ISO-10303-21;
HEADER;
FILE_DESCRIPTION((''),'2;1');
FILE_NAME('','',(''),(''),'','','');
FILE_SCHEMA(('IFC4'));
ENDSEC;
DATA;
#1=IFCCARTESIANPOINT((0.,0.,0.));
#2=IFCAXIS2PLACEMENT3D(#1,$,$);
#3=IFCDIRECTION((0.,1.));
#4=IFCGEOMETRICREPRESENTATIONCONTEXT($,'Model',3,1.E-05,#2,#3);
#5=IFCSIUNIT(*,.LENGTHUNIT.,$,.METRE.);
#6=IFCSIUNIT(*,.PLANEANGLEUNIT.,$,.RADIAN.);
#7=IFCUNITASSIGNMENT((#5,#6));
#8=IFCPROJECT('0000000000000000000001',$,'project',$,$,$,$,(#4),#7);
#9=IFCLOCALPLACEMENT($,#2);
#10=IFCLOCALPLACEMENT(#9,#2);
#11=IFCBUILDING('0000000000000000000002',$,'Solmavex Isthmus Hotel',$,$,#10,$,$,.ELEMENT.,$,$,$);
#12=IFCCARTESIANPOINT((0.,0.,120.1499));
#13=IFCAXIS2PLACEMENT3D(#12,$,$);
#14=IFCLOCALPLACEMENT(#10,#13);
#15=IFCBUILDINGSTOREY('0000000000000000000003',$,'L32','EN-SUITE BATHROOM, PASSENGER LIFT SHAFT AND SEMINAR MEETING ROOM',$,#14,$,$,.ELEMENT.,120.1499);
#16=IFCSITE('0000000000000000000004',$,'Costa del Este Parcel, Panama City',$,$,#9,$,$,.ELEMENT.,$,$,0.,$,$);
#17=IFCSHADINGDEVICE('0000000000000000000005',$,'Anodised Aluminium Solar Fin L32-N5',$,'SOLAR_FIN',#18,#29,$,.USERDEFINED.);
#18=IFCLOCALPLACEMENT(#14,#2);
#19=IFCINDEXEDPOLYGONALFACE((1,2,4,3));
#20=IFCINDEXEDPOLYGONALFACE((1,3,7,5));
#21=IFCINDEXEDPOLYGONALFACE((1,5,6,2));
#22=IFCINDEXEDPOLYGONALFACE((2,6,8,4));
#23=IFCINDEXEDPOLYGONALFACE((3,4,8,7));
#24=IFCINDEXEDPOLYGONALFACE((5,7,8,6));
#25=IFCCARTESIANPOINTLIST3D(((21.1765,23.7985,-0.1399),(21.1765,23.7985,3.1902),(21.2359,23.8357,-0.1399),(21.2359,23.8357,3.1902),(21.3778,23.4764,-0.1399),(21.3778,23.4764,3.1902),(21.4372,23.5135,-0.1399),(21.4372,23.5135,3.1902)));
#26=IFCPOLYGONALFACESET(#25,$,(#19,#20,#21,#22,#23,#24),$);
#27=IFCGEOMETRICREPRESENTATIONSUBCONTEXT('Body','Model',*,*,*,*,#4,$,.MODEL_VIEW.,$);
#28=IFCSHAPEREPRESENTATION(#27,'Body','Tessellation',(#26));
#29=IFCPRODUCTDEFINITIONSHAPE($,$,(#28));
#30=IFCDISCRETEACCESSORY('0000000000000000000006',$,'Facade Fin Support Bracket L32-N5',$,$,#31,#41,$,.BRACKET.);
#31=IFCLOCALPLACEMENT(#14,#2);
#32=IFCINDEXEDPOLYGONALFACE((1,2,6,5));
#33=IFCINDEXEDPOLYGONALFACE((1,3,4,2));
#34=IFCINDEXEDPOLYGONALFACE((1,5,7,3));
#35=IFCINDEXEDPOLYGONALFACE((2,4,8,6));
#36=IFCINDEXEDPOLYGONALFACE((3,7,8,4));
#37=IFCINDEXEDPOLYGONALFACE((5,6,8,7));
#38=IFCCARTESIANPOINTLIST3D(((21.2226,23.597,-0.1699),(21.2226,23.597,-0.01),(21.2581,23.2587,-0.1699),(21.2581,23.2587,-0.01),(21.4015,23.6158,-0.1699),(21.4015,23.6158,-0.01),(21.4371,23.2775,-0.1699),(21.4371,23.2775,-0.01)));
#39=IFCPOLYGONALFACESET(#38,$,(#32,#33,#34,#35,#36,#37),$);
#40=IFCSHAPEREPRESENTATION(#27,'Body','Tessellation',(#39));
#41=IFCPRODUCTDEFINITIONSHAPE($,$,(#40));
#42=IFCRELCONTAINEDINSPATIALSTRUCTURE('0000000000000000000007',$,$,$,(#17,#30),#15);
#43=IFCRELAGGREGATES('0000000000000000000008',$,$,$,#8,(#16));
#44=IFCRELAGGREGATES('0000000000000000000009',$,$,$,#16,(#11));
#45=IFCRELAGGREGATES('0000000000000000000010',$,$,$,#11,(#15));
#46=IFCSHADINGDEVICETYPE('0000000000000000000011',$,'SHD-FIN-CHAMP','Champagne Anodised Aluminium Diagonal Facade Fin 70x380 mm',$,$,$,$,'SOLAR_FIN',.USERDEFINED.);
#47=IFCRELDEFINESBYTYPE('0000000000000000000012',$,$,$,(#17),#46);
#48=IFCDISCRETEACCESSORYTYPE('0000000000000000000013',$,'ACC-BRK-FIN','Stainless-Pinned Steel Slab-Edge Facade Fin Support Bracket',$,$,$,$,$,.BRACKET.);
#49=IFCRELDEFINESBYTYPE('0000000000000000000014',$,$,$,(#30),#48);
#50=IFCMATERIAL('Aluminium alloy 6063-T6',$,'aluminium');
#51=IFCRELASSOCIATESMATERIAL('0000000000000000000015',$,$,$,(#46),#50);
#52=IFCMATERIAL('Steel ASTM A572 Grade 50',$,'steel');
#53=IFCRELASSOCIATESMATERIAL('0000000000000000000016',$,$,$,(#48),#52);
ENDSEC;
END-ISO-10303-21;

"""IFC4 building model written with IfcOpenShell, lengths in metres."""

from ifc_helpers import new_model, si_unit, direction, frame, origin, origin_2d, place, context, subcontext, project, spatial, rectangle, extrude, material, type_object, element, save


model = new_model("IFC4")

# Units and contexts
model_context = context("Model", 3, precision=1e-05, world=origin(), true_north=direction((0.0, 1.0)))
body_context = subcontext(model_context, "Body", "Model", "MODEL_VIEW")
ifc_project = project(units=[si_unit("LENGTHUNIT", "METRE"), si_unit("PLANEANGLEUNIT", "RADIAN")], contexts=[model_context])

# Site, building, storey
site_placement = place(None, origin())
site = spatial("IfcSite", under=ifc_project, at=site_placement, Name="Costa del Este Parcel, Panama City", CompositionType="ELEMENT", RefElevation=0.0)
building_placement = place(site_placement, origin())
building = spatial("IfcBuilding", under=site, at=building_placement, Name="Solmavex Isthmus Hotel", CompositionType="ELEMENT")
storey_placement = place(building_placement, frame((0.0, 0.0, 120.1499)))
storey = spatial("IfcBuildingStorey", under=building, at=storey_placement, Name="L32", Description="EN-SUITE BATHROOM, PASSENGER LIFT SHAFT AND SEMINAR MEETING ROOM", CompositionType="ELEMENT", Elevation=120.1499)

# Shared definitions
ifc_material_1 = material(Name="Aluminium alloy 6063-T6", Category="aluminium")

# Shading device
shading_device_type = type_object("IfcShadingDeviceType", Name="SHD-FIN-CHAMP", Description="Champagne Anodised Aluminium Diagonal Facade Fin 70x380 mm", ElementType="SOLAR_FIN", PredefinedType="USERDEFINED", material=ifc_material_1)
shading_device_placement = place(storey_placement, frame((21.3069, 23.656, -0.1399), z_axis=(0.0, 0.0, 1.0), x_axis=(-0.529919, 0.848048, 0.0)))
element("IfcShadingDevice", 1, at=shading_device_placement, inside=storey, type_object=shading_device_type, Name="Anodised Aluminium Solar Fin L32-N5", ObjectType="SOLAR_FIN", PredefinedType="USERDEFINED", context=body_context, shape_type="SweptSolid", body=[
    extrude(rectangle(XDim=0.3799, YDim=0.0701, at=origin_2d()), origin(), (0.0, 0.0, 1.0), 3.3301),
])

# Discrete accessory
ifc_material_2 = material(Name="Steel ASTM A572 Grade 50", Category="steel")
discrete_accessory_type = type_object("IfcDiscreteAccessoryType", Name="ACC-BRK-FIN", Description="Stainless-Pinned Steel Slab-Edge Facade Fin Support Bracket", PredefinedType="BRACKET", material=ifc_material_2)
discrete_accessory_placement = place(storey_placement, frame((21.3298, 23.4373, -0.1699), z_axis=(0.0, 0.0, 1.0), x_axis=(-0.104528, 0.994522, 0.0)))
element("IfcDiscreteAccessory", 2, at=discrete_accessory_placement, inside=storey, type_object=discrete_accessory_type, Name="Facade Fin Support Bracket L32-N5", PredefinedType="BRACKET", context=body_context, shape_type="SweptSolid", body=[
    extrude(rectangle(XDim=0.3401, YDim=0.1799, at=origin_2d()), origin(), (0.0, 0.0, 1.0), 0.1599),
])

save(model, "model.ifc")
